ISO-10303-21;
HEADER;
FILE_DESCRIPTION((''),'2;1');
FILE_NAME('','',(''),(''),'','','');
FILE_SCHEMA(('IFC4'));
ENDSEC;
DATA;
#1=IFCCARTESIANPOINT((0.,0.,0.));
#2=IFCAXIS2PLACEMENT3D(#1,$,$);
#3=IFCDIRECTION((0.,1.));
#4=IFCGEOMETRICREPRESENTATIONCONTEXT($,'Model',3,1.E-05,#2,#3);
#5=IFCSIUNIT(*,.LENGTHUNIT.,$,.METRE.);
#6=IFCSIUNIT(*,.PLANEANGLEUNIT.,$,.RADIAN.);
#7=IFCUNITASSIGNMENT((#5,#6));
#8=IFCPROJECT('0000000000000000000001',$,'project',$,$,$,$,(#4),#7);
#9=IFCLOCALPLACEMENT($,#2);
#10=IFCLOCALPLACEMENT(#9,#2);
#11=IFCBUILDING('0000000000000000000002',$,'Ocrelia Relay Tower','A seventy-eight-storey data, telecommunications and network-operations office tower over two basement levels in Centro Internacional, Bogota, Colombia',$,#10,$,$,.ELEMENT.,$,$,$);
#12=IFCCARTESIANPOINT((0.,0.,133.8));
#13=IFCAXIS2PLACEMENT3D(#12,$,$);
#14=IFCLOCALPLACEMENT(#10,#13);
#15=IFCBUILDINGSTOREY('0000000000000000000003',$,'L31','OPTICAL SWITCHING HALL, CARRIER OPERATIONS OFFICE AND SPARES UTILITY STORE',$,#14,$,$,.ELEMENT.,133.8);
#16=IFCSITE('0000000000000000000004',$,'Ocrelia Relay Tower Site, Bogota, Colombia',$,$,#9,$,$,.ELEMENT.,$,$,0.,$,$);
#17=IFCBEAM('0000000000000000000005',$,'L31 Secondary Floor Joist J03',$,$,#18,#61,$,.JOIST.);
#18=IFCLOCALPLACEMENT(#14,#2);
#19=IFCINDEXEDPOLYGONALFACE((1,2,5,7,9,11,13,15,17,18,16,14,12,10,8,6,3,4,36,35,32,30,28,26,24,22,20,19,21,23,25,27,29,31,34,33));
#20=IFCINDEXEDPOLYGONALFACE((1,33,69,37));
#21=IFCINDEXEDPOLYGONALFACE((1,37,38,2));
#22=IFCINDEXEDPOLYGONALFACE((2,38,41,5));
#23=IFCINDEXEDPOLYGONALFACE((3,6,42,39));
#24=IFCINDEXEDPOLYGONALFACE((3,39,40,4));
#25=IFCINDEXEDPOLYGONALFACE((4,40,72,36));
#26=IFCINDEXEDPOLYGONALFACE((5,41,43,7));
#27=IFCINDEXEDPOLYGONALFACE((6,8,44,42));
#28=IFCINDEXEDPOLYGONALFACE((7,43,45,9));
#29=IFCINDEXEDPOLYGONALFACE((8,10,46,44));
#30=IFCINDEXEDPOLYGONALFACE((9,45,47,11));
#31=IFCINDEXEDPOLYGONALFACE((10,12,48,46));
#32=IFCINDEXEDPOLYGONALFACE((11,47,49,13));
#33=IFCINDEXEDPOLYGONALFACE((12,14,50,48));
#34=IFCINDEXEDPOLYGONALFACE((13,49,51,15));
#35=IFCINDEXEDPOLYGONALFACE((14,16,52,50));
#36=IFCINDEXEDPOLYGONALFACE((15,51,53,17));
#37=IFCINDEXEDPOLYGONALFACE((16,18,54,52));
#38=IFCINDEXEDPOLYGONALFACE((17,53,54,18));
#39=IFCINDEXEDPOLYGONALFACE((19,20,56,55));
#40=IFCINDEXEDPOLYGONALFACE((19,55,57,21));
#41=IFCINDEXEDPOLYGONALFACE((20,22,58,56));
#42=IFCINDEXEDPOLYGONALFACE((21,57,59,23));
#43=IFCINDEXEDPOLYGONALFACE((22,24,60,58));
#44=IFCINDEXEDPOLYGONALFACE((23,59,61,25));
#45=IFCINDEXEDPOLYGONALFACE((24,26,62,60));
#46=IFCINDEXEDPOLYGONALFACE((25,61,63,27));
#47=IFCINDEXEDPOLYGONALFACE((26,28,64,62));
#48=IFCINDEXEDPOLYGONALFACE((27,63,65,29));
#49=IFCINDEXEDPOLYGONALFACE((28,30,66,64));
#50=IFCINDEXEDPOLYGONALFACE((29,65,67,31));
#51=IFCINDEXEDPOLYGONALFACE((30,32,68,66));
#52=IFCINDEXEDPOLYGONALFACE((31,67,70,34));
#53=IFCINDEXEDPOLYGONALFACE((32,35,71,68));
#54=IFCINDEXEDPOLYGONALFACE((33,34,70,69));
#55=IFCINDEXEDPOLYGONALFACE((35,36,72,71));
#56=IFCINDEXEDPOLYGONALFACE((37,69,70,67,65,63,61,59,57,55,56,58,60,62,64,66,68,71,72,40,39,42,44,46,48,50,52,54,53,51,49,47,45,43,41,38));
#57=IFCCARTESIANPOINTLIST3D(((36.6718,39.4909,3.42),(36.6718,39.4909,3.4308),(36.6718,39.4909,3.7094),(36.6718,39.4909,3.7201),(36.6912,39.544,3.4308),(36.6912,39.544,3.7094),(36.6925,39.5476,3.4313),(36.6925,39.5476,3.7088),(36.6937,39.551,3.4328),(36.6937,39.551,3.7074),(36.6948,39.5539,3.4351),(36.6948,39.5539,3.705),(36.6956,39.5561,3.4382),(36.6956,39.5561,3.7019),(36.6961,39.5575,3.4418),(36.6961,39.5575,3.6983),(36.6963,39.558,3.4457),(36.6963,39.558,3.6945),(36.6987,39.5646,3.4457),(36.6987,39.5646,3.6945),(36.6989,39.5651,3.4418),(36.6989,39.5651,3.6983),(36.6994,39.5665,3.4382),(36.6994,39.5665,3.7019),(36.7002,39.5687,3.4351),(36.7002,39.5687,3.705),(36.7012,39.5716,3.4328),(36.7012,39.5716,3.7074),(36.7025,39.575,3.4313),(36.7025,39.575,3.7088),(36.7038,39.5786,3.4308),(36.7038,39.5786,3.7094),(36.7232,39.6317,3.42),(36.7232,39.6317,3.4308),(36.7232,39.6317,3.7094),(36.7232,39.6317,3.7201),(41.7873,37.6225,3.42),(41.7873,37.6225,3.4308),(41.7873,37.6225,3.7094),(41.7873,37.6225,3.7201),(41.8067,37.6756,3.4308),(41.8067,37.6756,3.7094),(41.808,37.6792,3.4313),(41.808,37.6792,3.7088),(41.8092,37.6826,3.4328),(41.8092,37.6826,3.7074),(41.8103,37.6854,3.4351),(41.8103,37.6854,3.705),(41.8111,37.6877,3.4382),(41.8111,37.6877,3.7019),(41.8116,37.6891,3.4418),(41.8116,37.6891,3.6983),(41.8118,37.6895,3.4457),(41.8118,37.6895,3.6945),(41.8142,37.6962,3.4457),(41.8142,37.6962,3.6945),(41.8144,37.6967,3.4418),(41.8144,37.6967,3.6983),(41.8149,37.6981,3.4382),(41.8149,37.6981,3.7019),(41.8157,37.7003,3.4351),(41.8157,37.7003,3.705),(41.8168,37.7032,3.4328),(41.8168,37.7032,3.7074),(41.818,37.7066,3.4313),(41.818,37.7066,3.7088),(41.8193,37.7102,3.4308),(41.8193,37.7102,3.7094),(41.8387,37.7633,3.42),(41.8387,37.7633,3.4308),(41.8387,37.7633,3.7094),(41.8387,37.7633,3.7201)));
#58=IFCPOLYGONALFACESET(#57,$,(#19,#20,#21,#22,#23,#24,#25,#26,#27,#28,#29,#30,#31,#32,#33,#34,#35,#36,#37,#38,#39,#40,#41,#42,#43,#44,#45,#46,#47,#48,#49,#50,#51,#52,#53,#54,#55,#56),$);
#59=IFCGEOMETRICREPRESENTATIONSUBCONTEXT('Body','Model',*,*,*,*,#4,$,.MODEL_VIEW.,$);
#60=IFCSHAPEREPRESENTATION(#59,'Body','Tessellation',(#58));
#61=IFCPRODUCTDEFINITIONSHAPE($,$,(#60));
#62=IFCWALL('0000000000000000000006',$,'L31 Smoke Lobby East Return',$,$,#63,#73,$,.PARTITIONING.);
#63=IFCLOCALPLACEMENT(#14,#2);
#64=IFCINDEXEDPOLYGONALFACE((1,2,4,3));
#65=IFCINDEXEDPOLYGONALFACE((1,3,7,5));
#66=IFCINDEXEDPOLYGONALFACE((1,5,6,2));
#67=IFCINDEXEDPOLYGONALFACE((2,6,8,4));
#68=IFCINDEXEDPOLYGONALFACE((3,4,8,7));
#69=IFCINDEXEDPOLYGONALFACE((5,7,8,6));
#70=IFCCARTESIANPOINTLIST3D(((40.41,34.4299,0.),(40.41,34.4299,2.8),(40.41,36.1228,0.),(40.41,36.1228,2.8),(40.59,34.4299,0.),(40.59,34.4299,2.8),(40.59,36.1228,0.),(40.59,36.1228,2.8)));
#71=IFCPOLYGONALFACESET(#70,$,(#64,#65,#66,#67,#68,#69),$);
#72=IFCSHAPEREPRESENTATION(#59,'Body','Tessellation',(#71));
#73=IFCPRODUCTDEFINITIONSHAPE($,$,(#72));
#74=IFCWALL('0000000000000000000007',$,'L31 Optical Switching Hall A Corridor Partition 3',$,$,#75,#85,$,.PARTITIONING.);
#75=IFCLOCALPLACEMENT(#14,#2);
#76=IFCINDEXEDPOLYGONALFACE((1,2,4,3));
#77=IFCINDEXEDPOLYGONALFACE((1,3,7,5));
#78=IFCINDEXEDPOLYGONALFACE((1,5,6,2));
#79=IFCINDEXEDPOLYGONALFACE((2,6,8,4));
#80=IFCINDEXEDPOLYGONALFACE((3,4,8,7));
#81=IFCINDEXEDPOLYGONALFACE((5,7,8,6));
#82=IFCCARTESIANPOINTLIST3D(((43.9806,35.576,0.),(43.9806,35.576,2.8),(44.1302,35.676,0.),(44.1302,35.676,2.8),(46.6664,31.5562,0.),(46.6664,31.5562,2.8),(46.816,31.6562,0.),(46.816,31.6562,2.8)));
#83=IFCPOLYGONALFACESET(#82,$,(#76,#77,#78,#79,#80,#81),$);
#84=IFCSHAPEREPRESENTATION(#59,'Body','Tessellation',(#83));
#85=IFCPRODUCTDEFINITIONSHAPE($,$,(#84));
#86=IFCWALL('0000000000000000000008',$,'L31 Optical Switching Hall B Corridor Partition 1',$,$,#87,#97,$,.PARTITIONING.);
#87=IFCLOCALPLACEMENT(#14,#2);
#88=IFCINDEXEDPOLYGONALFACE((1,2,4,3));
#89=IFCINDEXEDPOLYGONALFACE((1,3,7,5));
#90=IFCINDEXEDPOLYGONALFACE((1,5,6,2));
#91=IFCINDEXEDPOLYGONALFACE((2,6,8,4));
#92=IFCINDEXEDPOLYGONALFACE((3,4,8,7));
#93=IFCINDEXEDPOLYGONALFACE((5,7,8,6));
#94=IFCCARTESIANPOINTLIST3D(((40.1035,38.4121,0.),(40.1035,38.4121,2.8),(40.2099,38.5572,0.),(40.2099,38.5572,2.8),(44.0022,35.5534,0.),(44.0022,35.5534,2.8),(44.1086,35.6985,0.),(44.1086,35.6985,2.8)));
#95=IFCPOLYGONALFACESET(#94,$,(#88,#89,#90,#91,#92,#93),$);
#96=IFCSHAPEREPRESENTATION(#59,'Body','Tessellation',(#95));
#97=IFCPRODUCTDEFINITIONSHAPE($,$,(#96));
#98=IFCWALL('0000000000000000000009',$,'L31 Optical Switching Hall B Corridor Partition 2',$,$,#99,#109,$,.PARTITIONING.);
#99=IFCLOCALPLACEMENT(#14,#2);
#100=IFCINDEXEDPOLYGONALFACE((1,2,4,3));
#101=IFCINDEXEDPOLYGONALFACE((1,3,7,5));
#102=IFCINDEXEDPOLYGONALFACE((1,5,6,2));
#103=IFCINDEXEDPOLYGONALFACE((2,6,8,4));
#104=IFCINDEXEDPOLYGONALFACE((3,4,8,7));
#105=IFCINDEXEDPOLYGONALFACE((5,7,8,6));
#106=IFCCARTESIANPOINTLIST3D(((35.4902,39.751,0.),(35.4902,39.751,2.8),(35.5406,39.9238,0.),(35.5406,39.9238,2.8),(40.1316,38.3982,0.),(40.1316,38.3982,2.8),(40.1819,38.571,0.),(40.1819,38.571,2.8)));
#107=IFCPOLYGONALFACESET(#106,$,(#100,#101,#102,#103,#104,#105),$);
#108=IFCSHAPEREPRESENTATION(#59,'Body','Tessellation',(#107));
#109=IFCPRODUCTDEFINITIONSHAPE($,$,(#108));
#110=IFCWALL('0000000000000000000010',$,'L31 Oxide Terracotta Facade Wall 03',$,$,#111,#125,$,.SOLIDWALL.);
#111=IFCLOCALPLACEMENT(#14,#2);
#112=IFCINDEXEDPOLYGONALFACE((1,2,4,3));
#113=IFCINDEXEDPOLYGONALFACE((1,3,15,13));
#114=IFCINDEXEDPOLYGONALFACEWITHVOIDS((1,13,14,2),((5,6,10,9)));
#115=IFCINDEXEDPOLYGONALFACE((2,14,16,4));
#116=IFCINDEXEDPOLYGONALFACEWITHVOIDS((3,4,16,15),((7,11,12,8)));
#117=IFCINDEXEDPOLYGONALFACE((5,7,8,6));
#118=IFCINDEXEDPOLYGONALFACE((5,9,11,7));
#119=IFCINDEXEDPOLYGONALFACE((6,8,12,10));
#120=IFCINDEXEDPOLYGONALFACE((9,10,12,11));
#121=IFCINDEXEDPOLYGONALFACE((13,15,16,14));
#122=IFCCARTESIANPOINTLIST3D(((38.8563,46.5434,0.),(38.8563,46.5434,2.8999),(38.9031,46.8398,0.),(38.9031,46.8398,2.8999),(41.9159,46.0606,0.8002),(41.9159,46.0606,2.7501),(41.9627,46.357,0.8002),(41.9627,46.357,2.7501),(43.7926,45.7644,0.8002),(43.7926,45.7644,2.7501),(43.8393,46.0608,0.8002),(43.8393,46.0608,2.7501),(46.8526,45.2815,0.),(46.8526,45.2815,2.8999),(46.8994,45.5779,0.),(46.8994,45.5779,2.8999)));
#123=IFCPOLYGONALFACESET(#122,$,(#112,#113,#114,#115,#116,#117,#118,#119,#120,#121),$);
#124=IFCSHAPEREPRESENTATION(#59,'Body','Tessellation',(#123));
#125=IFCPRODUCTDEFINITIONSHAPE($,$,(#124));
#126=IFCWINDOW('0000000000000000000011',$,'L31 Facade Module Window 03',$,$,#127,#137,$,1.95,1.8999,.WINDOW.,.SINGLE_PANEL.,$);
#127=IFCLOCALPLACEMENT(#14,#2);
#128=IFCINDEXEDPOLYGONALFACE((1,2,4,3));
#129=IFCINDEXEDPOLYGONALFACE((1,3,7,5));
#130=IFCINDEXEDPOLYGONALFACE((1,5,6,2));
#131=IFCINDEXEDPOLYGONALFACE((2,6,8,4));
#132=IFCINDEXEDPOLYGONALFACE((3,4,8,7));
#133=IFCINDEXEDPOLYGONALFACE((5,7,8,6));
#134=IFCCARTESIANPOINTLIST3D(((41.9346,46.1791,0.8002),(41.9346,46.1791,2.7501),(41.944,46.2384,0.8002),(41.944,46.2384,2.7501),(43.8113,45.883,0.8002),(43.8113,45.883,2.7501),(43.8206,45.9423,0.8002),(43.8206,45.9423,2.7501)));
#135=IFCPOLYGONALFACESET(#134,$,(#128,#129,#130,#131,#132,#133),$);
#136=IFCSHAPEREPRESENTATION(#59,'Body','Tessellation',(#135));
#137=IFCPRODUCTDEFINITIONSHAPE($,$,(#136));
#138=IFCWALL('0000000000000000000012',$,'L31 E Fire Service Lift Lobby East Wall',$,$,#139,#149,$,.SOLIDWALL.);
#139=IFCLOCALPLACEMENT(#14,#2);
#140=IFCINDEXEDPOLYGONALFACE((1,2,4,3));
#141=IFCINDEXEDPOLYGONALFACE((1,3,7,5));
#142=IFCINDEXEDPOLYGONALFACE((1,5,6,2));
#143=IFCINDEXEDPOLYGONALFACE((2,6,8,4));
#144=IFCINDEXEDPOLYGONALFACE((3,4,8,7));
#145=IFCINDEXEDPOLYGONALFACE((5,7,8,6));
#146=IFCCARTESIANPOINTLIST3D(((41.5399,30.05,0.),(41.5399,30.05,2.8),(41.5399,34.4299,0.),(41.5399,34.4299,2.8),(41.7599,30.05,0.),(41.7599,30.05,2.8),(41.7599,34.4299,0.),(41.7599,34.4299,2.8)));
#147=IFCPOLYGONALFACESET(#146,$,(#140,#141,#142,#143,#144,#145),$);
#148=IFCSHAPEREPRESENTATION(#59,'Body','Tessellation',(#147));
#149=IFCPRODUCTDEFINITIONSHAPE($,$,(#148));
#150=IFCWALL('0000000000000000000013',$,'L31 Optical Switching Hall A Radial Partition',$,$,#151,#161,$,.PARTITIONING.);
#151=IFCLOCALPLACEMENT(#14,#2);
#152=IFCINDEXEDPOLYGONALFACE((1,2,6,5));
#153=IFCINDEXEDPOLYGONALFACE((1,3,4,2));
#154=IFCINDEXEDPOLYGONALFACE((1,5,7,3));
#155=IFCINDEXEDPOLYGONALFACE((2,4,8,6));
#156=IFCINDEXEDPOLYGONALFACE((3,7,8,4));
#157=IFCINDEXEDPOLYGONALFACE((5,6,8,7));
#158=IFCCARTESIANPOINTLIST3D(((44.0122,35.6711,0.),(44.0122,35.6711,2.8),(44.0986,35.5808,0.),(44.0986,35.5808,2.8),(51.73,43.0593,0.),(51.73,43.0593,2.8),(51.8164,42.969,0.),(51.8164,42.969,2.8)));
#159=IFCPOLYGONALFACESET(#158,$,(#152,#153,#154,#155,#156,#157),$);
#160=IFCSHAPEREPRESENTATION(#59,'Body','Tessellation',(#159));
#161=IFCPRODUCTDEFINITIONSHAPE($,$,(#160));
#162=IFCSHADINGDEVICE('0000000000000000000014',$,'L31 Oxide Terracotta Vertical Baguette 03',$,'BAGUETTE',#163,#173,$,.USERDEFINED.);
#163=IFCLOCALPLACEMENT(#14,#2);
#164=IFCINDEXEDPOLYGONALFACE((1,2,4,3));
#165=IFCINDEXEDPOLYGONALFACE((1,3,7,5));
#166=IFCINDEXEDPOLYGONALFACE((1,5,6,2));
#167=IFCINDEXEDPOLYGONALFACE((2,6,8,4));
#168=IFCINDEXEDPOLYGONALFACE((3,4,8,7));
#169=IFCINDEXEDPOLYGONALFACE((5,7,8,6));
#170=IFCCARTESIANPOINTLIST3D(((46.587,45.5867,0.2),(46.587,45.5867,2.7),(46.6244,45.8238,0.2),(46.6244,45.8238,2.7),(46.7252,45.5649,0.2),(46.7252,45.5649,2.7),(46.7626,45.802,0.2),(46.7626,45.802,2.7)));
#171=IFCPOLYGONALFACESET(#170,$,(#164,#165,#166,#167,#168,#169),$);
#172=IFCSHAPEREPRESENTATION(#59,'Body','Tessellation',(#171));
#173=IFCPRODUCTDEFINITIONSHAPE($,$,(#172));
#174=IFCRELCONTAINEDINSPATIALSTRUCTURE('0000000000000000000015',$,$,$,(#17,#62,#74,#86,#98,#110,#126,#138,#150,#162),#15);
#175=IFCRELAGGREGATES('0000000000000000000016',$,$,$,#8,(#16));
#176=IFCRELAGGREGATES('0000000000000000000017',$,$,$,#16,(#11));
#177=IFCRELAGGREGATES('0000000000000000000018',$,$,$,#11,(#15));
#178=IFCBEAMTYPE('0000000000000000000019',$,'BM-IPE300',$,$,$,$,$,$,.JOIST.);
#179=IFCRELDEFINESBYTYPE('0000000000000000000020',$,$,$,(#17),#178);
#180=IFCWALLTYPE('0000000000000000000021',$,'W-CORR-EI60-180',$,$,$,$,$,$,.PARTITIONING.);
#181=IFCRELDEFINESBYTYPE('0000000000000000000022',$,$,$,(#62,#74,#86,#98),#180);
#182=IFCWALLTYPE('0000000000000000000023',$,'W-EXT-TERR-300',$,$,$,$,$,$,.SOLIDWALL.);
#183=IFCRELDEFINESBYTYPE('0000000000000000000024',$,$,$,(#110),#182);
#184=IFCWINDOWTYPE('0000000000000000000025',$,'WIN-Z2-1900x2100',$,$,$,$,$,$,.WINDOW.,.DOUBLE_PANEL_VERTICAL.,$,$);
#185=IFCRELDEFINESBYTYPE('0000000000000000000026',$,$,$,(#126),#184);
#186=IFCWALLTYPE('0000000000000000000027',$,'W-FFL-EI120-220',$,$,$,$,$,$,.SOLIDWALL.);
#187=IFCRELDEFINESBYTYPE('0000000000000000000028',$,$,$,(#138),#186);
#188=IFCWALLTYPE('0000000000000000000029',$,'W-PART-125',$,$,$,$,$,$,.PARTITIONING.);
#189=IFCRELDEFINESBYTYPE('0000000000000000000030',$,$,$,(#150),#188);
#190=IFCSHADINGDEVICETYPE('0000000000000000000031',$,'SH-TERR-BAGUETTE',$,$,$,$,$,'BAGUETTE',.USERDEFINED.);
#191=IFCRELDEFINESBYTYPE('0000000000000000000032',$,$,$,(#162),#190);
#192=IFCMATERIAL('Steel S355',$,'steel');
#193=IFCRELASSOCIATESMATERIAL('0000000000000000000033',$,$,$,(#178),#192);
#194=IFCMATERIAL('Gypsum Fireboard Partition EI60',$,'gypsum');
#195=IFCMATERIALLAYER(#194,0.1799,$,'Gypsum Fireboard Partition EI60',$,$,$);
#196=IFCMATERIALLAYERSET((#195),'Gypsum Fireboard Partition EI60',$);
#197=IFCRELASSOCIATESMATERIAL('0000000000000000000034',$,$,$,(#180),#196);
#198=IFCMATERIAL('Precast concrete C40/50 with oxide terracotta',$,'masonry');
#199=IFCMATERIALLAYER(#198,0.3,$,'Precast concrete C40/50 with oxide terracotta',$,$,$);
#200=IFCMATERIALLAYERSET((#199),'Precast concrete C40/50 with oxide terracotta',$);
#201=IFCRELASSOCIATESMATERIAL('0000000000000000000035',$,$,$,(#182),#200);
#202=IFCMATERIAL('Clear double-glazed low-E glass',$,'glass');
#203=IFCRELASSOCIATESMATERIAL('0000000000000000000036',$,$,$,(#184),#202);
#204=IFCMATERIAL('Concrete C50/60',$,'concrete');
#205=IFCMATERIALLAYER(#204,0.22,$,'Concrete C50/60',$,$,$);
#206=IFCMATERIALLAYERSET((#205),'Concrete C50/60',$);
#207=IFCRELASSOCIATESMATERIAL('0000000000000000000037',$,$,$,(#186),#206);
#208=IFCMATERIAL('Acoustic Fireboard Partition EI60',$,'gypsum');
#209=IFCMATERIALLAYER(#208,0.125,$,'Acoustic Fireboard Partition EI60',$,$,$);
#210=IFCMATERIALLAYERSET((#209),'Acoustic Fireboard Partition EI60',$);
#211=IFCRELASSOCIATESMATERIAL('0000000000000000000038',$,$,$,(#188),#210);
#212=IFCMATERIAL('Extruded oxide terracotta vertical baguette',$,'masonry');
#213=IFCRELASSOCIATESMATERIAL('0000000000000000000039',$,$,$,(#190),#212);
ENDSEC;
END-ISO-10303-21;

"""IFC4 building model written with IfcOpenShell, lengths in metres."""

from ifc_helpers import new_model, si_unit, direction, frame, frame_2d, origin, origin_2d, place, context, subcontext, project, spatial, rectangle, i_section, extrude, material, layer, layer_set, material_profile, profile_set, type_object, element, fill, save


model = new_model("IFC4")

# Units and contexts
model_context = context("Model", 3, precision=1e-05, world=origin(), true_north=direction((0.0, 1.0)))
body_context = subcontext(model_context, "Body", "Model", "MODEL_VIEW")
ifc_project = project(units=[si_unit("LENGTHUNIT", "METRE"), si_unit("PLANEANGLEUNIT", "RADIAN")], contexts=[model_context])

# Site, building, storey
site_placement = place(None, origin())
site = spatial("IfcSite", under=ifc_project, at=site_placement, Name="Ocrelia Relay Tower Site, Bogota, Colombia", CompositionType="ELEMENT", RefElevation=0.0)
building_placement = place(site_placement, origin())
building = spatial("IfcBuilding", under=site, at=building_placement, Name="Ocrelia Relay Tower", Description="A seventy-eight-storey data, telecommunications and network-operations office tower over two basement levels in Centro Internacional, Bogota, Colombia", CompositionType="ELEMENT")
storey_placement = place(building_placement, frame((0.0, 0.0, 133.8)))
storey = spatial("IfcBuildingStorey", under=building, at=storey_placement, Name="L31", Description="OPTICAL SWITCHING HALL, CARRIER OPERATIONS OFFICE AND SPARES UTILITY STORE", CompositionType="ELEMENT", Elevation=133.8)

# Beam
ifc_material_1 = material(Name="Steel S355", Category="steel")
ifc_material_profile_1 = material_profile(ifc_material_1, i_section(OverallWidth=0.1499, OverallDepth=0.3, WebThickness=0.0071, FlangeThickness=0.0107, FilletRadius=0.0149, at=origin_2d()), Name="IPE 300")
ifc_profile_set_1 = profile_set([ifc_material_profile_1], Name="Steel S355")
beam_type_1 = type_object("IfcBeamType", Name="BM-IPE300", PredefinedType="JOIST", material=ifc_profile_set_1)
beam_1_placement = place(storey_placement, frame((41.813, 37.6929, 3.5701), z_axis=(-0.939307, 0.343078, 0.0), x_axis=(-0.343078, -0.939307, 0.0)))
element("IfcBeam", 1, at=beam_1_placement, inside=storey, type_object=beam_type_1, Name="L31 Secondary Floor Joist J03", PredefinedType="JOIST", context=body_context, shape_type="SweptSolid", body=[
    extrude(i_section(OverallWidth=0.1499, OverallDepth=0.3, WebThickness=0.0071, FlangeThickness=0.0107, FilletRadius=0.0149, at=origin_2d()), origin(), (0.0, 0.0, 1.0), 5.446),
])

# Walls
ifc_material_2 = material(Name="Gypsum Fireboard Partition EI60", Category="gypsum")
ifc_layer_1 = layer(ifc_material_2, 0.1799, Name="Gypsum Fireboard Partition EI60")
ifc_layer_set_1 = layer_set([ifc_layer_1], Name="Gypsum Fireboard Partition EI60")
wall_type_1 = type_object("IfcWallType", Name="W-CORR-EI60-180", PredefinedType="PARTITIONING", material=ifc_layer_set_1)
wall_1_placement = place(storey_placement, frame((40.5, 36.1228, 0.0), z_axis=(0.0, 0.0, 1.0), x_axis=(0.0, -1.0, 0.0)))
element("IfcWall", 2, at=wall_1_placement, inside=storey, type_object=wall_type_1, Name="L31 Smoke Lobby East Return", PredefinedType="PARTITIONING", context=body_context, shape_type="SweptSolid", body=[
    extrude(rectangle(XDim=1.6929, YDim=0.1799, at=frame_2d((0.8464, 0.0))), origin(), (0.0, 0.0, 1.0), 2.8),
])
for number, where, z_axis, x_axis, name in (
    (3, (46.7412, 31.6062, 0.0), (0.0, 0.0, 1.0), (-0.555551, 0.831483, 0.0), "L31 Optical Switching Hall A Corridor Partition 3"),
    (4, (44.0554, 35.626, 0.0), (0.0, 0.0, 1.0), (-0.806444, 0.591311, 0.0), "L31 Optical Switching Hall B Corridor Partition 1"),
    (5, (40.1567, 38.4846, 0.0), (0.0, 0.0, 1.0), (-0.960053, 0.27982, 0.0), "L31 Optical Switching Hall B Corridor Partition 2"),
):
    element("IfcWall", number, at=place(storey_placement, frame(where, z_axis=z_axis, x_axis=x_axis)), inside=storey, type_object=wall_type_1, Name=name, PredefinedType="PARTITIONING", context=body_context, shape_type="SweptSolid", body=[
        extrude(rectangle(XDim=4.8345, YDim=0.1799, at=frame_2d((2.4172, 0.0))), origin(), (0.0, 0.0, 1.0), 2.8),
    ])

# Wall, opening, window
ifc_material_3 = material(Name="Precast concrete C40/50 with oxide terracotta", Category="masonry")
ifc_layer_2 = layer(ifc_material_3, 0.3, Name="Precast concrete C40/50 with oxide terracotta")
ifc_layer_set_2 = layer_set([ifc_layer_2], Name="Precast concrete C40/50 with oxide terracotta")
wall_type_2 = type_object("IfcWallType", Name="W-EXT-TERR-300", PredefinedType="SOLIDWALL", material=ifc_layer_set_2)
wall_2_placement = place(storey_placement, frame((46.876, 45.4297, 0.0), z_axis=(0.0, 0.0, 1.0), x_axis=(-0.987775, 0.155888, 0.0)))
wall_2 = element("IfcWall", 6, at=wall_2_placement, inside=storey, type_object=wall_type_2, Name="L31 Oxide Terracotta Facade Wall 03", PredefinedType="SOLIDWALL", context=body_context, shape_type="SweptSolid", body=[
    extrude(rectangle(XDim=8.0952, YDim=0.3, at=frame_2d((4.0476, 0.0))), origin(), (0.0, 0.0, 1.0), 2.8999),
])
opening_placement = place(wall_2_placement, frame((3.0979, 0.0, 0.8)))
opening = element("IfcOpeningElement", 7, at=opening_placement, cuts=wall_2, PredefinedType="OPENING", context=body_context, shape_type="SweptSolid", body=[
    extrude(rectangle(XDim=1.8999, YDim=1.95, at=frame_2d((0.95, 0.9751))), frame((0.0, 0.1602, 0.0), z_axis=(0.0, -1.0, 0.0), x_axis=(1.0, 0.0, 0.0)), (0.0, 0.0, 1.0), 0.3201),
])
ifc_material_4 = material(Name="Clear double-glazed low-E glass", Category="glass")
window_type = type_object("IfcWindowType", Name="WIN-Z2-1900x2100", PartitioningType="DOUBLE_PANEL_VERTICAL", PredefinedType="WINDOW", material=ifc_material_4)
window_placement = place(opening_placement, origin())
window = element("IfcWindow", 8, at=window_placement, inside=storey, type_object=window_type, Name="L31 Facade Module Window 03", OverallHeight=1.95, OverallWidth=1.8999, PartitioningType="SINGLE_PANEL", PredefinedType="WINDOW", context=body_context, shape_type="SweptSolid", body=[
    extrude(rectangle(XDim=1.8999, YDim=1.95, at=frame_2d((0.95, 0.9751))), frame((0.0, 0.03, 0.0), z_axis=(0.0, -1.0, 0.0), x_axis=(1.0, 0.0, 0.0)), (0.0, 0.0, 1.0), 0.0601),
])
fill(opening, window)

# Walls
ifc_material_5 = material(Name="Concrete C50/60", Category="concrete")
ifc_layer_3 = layer(ifc_material_5, 0.22, Name="Concrete C50/60")
ifc_layer_set_3 = layer_set([ifc_layer_3], Name="Concrete C50/60")
wall_type_3 = type_object("IfcWallType", Name="W-FFL-EI120-220", PredefinedType="SOLIDWALL", material=ifc_layer_set_3)
wall_3_placement = place(storey_placement, frame((41.6499, 30.05, 0.0), z_axis=(0.0, 0.0, 1.0), x_axis=(0.0, 1.0, 0.0)))
element("IfcWall", 9, at=wall_3_placement, inside=storey, type_object=wall_type_3, Name="L31 E Fire Service Lift Lobby East Wall", PredefinedType="SOLIDWALL", context=body_context, shape_type="SweptSolid", body=[
    extrude(rectangle(XDim=4.3799, YDim=0.22, at=frame_2d((2.1899, 0.0))), origin(), (0.0, 0.0, 1.0), 2.8),
])
ifc_material_6 = material(Name="Acoustic Fireboard Partition EI60", Category="gypsum")
ifc_layer_4 = layer(ifc_material_6, 0.125, Name="Acoustic Fireboard Partition EI60")
ifc_layer_set_4 = layer_set([ifc_layer_4], Name="Acoustic Fireboard Partition EI60")
wall_type_4 = type_object("IfcWallType", Name="W-PART-125", PredefinedType="PARTITIONING", material=ifc_layer_set_4)
wall_4_placement = place(storey_placement, frame((44.0554, 35.626, 0.0), z_axis=(0.0, 0.0, 1.0), x_axis=(0.722363, 0.691514, 0.0)))
element("IfcWall", 10, at=wall_4_placement, inside=storey, type_object=wall_type_4, Name="L31 Optical Switching Hall A Radial Partition", PredefinedType="PARTITIONING", context=body_context, shape_type="SweptSolid", body=[
    extrude(rectangle(XDim=10.6841, YDim=0.125, at=frame_2d((5.342, 0.0))), origin(), (0.0, 0.0, 1.0), 2.8),
])

# Shading device
ifc_material_7 = material(Name="Extruded oxide terracotta vertical baguette", Category="masonry")
shading_device_type_1 = type_object("IfcShadingDeviceType", Name="SH-TERR-BAGUETTE", ElementType="BAGUETTE", PredefinedType="USERDEFINED", material=ifc_material_7)
shading_device_1_placement = place(storey_placement, frame((46.6748, 45.6943, 0.2), z_axis=(0.0, 0.0, 1.0), x_axis=(-0.987775, 0.155883, 0.0)))
element("IfcShadingDevice", 11, at=shading_device_1_placement, inside=storey, type_object=shading_device_type_1, Name="L31 Oxide Terracotta Vertical Baguette 03", ObjectType="BAGUETTE", PredefinedType="USERDEFINED", context=body_context, shape_type="SweptSolid", body=[
    extrude(rectangle(XDim=0.1399, YDim=0.24, at=origin_2d()), origin(), (0.0, 0.0, 1.0), 2.5),
])

save(model, "model.ifc")
